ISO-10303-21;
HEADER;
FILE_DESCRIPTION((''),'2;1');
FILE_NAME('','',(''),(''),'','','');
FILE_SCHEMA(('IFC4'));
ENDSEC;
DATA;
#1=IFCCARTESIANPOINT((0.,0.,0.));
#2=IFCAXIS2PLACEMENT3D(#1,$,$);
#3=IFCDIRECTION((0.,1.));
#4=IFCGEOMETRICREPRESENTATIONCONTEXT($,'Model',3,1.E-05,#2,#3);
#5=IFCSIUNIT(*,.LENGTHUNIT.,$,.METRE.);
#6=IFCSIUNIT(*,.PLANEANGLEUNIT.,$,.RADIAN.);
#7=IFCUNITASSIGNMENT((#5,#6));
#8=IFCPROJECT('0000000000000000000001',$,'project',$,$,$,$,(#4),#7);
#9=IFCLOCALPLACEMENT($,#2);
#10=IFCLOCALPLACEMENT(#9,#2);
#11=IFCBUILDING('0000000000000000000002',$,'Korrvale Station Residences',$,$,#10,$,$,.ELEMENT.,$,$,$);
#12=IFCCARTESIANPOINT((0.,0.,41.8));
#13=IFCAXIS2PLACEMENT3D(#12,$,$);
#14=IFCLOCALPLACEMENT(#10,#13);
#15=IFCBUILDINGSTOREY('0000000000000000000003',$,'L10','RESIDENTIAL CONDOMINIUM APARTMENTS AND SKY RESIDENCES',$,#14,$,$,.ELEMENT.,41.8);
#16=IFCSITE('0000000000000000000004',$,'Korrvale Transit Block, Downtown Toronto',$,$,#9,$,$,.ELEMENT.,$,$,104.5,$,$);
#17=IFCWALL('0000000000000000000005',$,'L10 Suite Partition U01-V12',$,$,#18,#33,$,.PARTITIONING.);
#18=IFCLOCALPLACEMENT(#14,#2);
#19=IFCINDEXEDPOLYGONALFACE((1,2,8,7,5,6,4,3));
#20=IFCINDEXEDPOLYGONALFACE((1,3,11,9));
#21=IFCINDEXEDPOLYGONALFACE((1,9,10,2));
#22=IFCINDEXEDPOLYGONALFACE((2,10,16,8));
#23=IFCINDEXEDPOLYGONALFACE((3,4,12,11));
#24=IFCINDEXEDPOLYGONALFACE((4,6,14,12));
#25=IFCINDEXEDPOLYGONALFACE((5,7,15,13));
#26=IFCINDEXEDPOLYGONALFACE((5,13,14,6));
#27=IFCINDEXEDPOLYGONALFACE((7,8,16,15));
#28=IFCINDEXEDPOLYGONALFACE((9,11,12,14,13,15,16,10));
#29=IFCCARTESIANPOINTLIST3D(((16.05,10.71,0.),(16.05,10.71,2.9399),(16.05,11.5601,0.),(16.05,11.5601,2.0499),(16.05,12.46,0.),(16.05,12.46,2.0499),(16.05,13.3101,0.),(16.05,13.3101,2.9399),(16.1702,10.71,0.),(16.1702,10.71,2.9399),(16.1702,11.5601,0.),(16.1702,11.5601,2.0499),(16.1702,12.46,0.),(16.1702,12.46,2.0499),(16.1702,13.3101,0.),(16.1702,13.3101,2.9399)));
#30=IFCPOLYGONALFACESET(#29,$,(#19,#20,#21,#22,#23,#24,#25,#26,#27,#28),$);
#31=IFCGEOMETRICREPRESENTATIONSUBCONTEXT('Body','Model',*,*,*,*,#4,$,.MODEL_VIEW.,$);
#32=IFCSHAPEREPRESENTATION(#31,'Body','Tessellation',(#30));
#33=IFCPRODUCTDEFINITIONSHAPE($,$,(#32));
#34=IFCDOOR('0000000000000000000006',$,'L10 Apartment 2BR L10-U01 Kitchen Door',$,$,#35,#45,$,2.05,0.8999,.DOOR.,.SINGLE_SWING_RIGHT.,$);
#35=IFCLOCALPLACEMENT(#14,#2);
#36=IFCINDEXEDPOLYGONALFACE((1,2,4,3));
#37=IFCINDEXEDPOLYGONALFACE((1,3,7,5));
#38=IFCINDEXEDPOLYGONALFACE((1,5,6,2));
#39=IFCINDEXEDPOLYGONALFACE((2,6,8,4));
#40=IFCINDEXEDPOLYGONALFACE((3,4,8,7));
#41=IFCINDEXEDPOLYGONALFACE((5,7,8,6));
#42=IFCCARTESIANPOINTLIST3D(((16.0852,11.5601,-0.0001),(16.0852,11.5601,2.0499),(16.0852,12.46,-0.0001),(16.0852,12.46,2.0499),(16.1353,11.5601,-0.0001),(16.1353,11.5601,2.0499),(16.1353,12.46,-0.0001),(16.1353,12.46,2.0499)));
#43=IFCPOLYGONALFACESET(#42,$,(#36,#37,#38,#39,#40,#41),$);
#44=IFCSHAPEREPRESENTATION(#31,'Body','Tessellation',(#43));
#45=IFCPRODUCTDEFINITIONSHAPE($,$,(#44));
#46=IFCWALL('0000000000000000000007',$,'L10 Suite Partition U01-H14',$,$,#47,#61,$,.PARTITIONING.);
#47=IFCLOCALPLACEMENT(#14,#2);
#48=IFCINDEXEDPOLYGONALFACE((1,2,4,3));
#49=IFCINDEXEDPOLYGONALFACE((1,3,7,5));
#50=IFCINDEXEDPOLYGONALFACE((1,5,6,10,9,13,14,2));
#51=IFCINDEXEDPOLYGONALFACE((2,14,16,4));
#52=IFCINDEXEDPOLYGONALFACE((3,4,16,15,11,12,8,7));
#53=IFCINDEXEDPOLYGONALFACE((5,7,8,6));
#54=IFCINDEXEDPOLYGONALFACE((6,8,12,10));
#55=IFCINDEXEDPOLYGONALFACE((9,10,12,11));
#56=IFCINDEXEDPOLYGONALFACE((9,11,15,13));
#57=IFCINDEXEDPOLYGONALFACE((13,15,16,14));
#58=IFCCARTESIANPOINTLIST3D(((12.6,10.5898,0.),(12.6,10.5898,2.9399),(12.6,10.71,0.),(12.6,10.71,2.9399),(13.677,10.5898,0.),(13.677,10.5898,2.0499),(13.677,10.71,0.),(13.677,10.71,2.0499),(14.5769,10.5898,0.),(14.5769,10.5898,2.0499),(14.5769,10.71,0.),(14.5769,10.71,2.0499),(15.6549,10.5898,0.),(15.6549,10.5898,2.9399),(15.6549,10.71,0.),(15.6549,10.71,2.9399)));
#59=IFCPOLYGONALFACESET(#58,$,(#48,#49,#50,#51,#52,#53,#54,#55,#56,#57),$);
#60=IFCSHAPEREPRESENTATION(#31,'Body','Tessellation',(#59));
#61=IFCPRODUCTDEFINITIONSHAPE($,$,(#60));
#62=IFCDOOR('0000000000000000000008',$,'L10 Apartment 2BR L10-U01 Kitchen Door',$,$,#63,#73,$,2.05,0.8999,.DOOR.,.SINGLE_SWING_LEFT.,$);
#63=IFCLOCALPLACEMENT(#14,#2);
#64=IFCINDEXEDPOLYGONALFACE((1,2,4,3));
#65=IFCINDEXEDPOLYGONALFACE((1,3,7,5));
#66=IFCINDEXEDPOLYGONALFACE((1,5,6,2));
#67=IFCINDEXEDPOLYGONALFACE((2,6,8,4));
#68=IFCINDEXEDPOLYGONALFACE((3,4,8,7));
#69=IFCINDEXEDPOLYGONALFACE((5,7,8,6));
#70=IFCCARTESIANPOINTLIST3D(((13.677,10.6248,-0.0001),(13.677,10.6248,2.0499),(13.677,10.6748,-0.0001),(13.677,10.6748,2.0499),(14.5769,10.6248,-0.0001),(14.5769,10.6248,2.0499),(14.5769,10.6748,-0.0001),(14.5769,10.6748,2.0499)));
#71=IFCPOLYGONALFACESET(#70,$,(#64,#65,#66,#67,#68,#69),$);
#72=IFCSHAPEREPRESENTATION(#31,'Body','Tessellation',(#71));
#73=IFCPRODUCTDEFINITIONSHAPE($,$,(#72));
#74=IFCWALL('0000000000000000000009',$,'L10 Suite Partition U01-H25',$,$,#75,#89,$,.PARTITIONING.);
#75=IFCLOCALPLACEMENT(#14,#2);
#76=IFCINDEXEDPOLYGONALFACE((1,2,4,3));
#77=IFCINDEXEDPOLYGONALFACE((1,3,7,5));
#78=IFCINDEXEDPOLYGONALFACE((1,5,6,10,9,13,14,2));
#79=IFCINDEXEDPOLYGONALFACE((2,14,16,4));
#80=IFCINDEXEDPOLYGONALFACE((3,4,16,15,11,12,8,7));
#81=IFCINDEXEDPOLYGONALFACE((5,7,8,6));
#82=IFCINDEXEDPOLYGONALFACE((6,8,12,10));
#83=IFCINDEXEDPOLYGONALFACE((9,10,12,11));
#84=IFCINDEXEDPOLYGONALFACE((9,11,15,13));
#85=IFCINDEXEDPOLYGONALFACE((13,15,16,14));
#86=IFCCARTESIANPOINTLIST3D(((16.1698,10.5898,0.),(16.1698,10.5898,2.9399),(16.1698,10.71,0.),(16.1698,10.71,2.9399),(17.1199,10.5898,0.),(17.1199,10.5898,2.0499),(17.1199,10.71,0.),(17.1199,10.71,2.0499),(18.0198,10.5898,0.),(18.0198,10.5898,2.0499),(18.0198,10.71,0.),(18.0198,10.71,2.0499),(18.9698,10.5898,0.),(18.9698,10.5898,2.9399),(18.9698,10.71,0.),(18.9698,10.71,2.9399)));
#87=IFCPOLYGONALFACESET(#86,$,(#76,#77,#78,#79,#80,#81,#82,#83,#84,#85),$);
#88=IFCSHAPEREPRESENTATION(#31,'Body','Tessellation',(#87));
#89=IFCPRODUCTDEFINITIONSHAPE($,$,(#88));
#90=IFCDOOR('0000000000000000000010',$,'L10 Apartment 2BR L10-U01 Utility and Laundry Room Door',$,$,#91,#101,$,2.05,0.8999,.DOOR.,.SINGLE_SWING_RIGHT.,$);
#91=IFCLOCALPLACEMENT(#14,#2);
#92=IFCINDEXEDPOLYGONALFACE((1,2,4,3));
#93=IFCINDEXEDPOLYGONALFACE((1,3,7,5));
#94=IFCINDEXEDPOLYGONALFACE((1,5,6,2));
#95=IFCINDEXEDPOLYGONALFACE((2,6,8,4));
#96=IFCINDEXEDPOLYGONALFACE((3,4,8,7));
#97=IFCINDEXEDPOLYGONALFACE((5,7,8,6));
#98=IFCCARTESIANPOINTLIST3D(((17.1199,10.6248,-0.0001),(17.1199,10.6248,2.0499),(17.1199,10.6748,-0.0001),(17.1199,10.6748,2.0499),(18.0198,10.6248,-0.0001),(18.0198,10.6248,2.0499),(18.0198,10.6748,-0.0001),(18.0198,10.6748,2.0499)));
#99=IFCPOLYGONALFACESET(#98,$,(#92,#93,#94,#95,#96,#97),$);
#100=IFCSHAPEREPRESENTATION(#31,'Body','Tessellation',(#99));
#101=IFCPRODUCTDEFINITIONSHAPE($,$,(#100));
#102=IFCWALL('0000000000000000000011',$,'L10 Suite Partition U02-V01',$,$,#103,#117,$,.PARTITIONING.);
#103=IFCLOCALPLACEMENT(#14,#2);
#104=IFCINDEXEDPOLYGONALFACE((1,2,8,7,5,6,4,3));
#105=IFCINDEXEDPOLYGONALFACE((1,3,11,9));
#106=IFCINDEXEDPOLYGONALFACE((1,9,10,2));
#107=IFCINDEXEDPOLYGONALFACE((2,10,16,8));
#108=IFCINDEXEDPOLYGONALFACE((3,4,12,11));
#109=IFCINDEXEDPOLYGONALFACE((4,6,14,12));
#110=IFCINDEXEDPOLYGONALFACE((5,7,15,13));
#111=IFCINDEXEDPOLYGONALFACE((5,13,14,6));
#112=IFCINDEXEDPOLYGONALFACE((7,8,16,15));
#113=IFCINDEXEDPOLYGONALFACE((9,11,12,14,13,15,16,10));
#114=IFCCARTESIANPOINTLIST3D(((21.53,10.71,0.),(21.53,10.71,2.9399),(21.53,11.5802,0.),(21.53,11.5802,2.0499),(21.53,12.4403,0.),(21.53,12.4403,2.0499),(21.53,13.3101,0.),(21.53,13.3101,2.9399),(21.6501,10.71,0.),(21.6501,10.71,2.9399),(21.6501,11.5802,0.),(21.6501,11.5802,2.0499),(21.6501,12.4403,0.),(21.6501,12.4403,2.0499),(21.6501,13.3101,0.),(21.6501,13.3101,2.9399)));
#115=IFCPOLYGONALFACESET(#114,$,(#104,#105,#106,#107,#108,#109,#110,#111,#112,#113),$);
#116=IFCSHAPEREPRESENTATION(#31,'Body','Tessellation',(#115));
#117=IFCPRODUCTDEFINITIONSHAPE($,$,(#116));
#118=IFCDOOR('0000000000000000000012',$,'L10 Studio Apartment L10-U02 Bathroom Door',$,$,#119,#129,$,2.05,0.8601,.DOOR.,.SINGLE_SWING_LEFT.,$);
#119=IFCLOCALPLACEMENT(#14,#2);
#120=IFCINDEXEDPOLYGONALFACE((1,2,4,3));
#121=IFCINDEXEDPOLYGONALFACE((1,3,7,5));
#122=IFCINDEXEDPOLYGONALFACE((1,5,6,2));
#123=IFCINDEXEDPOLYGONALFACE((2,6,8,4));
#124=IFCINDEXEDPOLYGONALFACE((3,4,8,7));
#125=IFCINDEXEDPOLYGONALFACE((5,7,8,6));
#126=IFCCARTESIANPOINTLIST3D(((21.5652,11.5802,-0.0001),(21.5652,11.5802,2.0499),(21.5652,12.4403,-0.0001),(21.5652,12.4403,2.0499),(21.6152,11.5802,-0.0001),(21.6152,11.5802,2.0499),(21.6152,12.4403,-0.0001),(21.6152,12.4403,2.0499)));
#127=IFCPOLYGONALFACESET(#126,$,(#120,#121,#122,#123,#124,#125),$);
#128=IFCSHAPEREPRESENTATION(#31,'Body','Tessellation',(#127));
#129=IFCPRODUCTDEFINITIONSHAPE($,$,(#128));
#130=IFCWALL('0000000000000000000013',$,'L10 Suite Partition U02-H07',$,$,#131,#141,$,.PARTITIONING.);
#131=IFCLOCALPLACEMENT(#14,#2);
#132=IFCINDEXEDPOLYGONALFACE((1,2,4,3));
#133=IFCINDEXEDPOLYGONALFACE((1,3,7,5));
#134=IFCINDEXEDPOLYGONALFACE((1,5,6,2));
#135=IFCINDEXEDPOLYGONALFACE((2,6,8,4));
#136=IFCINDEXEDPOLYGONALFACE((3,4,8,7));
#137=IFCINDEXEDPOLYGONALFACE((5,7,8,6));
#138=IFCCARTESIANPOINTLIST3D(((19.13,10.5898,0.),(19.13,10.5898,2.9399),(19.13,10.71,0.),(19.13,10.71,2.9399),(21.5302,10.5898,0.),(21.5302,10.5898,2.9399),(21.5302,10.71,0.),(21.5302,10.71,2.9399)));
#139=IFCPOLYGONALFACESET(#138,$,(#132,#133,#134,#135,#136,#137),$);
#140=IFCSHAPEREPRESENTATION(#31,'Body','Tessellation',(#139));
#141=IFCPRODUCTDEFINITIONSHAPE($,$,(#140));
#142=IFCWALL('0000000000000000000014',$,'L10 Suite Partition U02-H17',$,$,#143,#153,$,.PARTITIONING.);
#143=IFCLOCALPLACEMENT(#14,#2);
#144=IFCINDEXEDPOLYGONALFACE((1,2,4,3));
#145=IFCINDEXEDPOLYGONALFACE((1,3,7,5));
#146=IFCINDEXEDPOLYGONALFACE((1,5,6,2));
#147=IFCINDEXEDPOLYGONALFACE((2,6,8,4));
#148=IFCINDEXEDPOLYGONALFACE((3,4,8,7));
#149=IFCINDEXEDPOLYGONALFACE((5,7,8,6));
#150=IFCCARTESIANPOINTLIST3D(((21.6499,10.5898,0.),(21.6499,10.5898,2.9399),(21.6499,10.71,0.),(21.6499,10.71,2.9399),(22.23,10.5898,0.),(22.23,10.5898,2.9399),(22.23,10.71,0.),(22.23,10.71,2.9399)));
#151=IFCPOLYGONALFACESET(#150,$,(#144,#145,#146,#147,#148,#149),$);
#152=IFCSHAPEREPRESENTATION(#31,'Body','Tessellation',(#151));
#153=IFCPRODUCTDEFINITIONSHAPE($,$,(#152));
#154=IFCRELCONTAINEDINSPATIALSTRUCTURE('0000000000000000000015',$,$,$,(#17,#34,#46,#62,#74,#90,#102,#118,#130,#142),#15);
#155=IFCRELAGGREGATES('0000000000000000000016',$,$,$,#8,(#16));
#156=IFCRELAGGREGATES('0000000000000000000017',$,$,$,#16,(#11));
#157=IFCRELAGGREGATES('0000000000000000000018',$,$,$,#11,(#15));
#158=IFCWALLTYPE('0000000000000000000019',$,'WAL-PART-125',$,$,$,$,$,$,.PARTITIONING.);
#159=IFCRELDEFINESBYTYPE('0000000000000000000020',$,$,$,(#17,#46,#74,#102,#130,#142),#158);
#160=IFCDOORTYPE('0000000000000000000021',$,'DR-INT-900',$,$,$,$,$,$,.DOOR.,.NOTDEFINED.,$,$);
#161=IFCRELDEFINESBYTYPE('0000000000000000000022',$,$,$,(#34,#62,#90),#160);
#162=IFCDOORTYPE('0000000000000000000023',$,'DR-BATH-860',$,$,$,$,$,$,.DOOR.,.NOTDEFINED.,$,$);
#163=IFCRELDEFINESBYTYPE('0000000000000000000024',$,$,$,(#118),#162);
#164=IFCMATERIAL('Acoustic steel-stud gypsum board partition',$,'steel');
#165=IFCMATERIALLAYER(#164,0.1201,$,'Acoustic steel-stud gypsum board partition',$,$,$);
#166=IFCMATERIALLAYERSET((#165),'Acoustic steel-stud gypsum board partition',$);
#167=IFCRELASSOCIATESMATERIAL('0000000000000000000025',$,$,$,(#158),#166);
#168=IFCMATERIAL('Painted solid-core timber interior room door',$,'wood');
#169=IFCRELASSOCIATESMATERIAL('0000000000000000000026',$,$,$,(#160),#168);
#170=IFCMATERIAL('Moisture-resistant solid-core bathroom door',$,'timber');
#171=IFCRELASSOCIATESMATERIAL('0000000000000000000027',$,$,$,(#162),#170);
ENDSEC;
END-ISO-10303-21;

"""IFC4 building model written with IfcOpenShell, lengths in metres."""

from ifc_helpers import new_model, si_unit, direction, frame, frame_2d, origin, place, context, subcontext, project, spatial, rectangle, extrude, material, layer, layer_set, type_object, element, fill, save


model = new_model("IFC4")

# Units and contexts
model_context = context("Model", 3, precision=1e-05, world=origin(), true_north=direction((0.0, 1.0)))
body_context = subcontext(model_context, "Body", "Model", "MODEL_VIEW")
ifc_project = project(units=[si_unit("LENGTHUNIT", "METRE"), si_unit("PLANEANGLEUNIT", "RADIAN")], contexts=[model_context])

# Site, building, storey
site_placement = place(None, origin())
site = spatial("IfcSite", under=ifc_project, at=site_placement, Name="Korrvale Transit Block, Downtown Toronto", CompositionType="ELEMENT", RefElevation=104.5)
building_placement = place(site_placement, origin())
building = spatial("IfcBuilding", under=site, at=building_placement, Name="Korrvale Station Residences", CompositionType="ELEMENT")
storey_placement = place(building_placement, frame((0.0, 0.0, 41.8)))
storey = spatial("IfcBuildingStorey", under=building, at=storey_placement, Name="L10", Description="RESIDENTIAL CONDOMINIUM APARTMENTS AND SKY RESIDENCES", CompositionType="ELEMENT", Elevation=41.8)

# Walls, openings, doors
ifc_material_1 = material(Name="Acoustic steel-stud gypsum board partition", Category="steel")
ifc_layer_1 = layer(ifc_material_1, 0.1201, Name="Acoustic steel-stud gypsum board partition")
ifc_layer_set_1 = layer_set([ifc_layer_1], Name="Acoustic steel-stud gypsum board partition")
wall_type_1 = type_object("IfcWallType", Name="WAL-PART-125", PredefinedType="PARTITIONING", material=ifc_layer_set_1)
wall_1_placement = place(storey_placement, frame((16.1101, 10.71, 0.0), z_axis=(0.0, 0.0, 1.0), x_axis=(0.0, 1.0, 0.0)))
wall_1 = element("IfcWall", 1, at=wall_1_placement, inside=storey, type_object=wall_type_1, Name="L10 Suite Partition U01-V12", PredefinedType="PARTITIONING", context=body_context, shape_type="SweptSolid", body=[
    extrude(rectangle(XDim=2.6001, YDim=0.1201, at=frame_2d((1.3, 0.0))), origin(), (0.0, 0.0, 1.0), 2.9399),
])
opening_1_placement = place(wall_1_placement, frame((0.8501, 0.0, 0.0)))
opening_1 = element("IfcOpeningElement", 2, at=opening_1_placement, cuts=wall_1, PredefinedType="OPENING", context=body_context, shape_type="SweptSolid", body=[
    extrude(rectangle(XDim=0.8999, YDim=2.05, at=frame_2d((0.45, 1.0249))), frame((0.0, 0.0701, 0.0), z_axis=(0.0, -1.0, 0.0), x_axis=(1.0, 0.0, 0.0)), (0.0, 0.0, 1.0), 0.1401),
])
ifc_material_2 = material(Name="Painted solid-core timber interior room door", Category="wood")
door_type_1 = type_object("IfcDoorType", Name="DR-INT-900", OperationType="NOTDEFINED", PredefinedType="DOOR", material=ifc_material_2)
door_1_placement = place(opening_1_placement, origin())
door_1 = element("IfcDoor", 3, at=door_1_placement, inside=storey, type_object=door_type_1, Name="L10 Apartment 2BR L10-U01 Kitchen Door", OperationType="SINGLE_SWING_RIGHT", OverallHeight=2.05, OverallWidth=0.8999, PredefinedType="DOOR", context=body_context, shape_type="SweptSolid", body=[
    extrude(rectangle(XDim=0.8999, YDim=2.05, at=frame_2d((0.45, 1.0249))), frame((0.0, 0.0249, 0.0), z_axis=(0.0, -1.0, 0.0), x_axis=(1.0, 0.0, 0.0)), (0.0, 0.0, 1.0), 0.05),
])
fill(opening_1, door_1)
wall_2_placement = place(storey_placement, frame((12.6001, 10.6499, 0.0), z_axis=(0.0, 0.0, 1.0), x_axis=(1.0, 0.0, 0.0)))
wall_2 = element("IfcWall", 4, at=wall_2_placement, inside=storey, type_object=wall_type_1, Name="L10 Suite Partition U01-H14", PredefinedType="PARTITIONING", context=body_context, shape_type="SweptSolid", body=[
    extrude(rectangle(XDim=3.0549, YDim=0.1201, at=frame_2d((1.5273, 0.0))), origin(), (0.0, 0.0, 1.0), 2.9399),
])
opening_2_placement = place(wall_2_placement, frame((1.0769, 0.0, 0.0)))
opening_2 = element("IfcOpeningElement", 5, at=opening_2_placement, cuts=wall_2, PredefinedType="OPENING", context=body_context, shape_type="SweptSolid", body=[
    extrude(rectangle(XDim=0.8999, YDim=2.05, at=frame_2d((0.45, 1.0249))), frame((0.0, 0.0701, 0.0), z_axis=(0.0, -1.0, 0.0), x_axis=(1.0, 0.0, 0.0)), (0.0, 0.0, 1.0), 0.1401),
])
door_2_placement = place(opening_2_placement, origin())
door_2 = element("IfcDoor", 6, at=door_2_placement, inside=storey, type_object=door_type_1, Name="L10 Apartment 2BR L10-U01 Kitchen Door", OperationType="SINGLE_SWING_LEFT", OverallHeight=2.05, OverallWidth=0.8999, PredefinedType="DOOR", context=body_context, shape_type="SweptSolid", body=[
    extrude(rectangle(XDim=0.8999, YDim=2.05, at=frame_2d((0.45, 1.0249))), frame((0.0, 0.0249, 0.0), z_axis=(0.0, -1.0, 0.0), x_axis=(1.0, 0.0, 0.0)), (0.0, 0.0, 1.0), 0.05),
])
fill(opening_2, door_2)
wall_3_placement = place(storey_placement, frame((16.1699, 10.6499, 0.0), z_axis=(0.0, 0.0, 1.0), x_axis=(1.0, 0.0, 0.0)))
wall_3 = element("IfcWall", 7, at=wall_3_placement, inside=storey, type_object=wall_type_1, Name="L10 Suite Partition U01-H25", PredefinedType="PARTITIONING", context=body_context, shape_type="SweptSolid", body=[
    extrude(rectangle(XDim=2.8, YDim=0.1201, at=frame_2d((1.3999, 0.0))), origin(), (0.0, 0.0, 1.0), 2.9399),
])
opening_3_placement = place(wall_3_placement, frame((0.95, 0.0, 0.0)))
opening_3 = element("IfcOpeningElement", 8, at=opening_3_placement, cuts=wall_3, PredefinedType="OPENING", context=body_context, shape_type="SweptSolid", body=[
    extrude(rectangle(XDim=0.8999, YDim=2.05, at=frame_2d((0.45, 1.0249))), frame((0.0, 0.0701, 0.0), z_axis=(0.0, -1.0, 0.0), x_axis=(1.0, 0.0, 0.0)), (0.0, 0.0, 1.0), 0.1401),
])
door_3_placement = place(opening_3_placement, origin())
door_3 = element("IfcDoor", 9, at=door_3_placement, inside=storey, type_object=door_type_1, Name="L10 Apartment 2BR L10-U01 Utility and Laundry Room Door", OperationType="SINGLE_SWING_RIGHT", OverallHeight=2.05, OverallWidth=0.8999, PredefinedType="DOOR", context=body_context, shape_type="SweptSolid", body=[
    extrude(rectangle(XDim=0.8999, YDim=2.05, at=frame_2d((0.45, 1.0249))), frame((0.0, 0.0249, 0.0), z_axis=(0.0, -1.0, 0.0), x_axis=(1.0, 0.0, 0.0)), (0.0, 0.0, 1.0), 0.05),
])
fill(opening_3, door_3)
wall_4_placement = place(storey_placement, frame((21.5901, 10.71, 0.0), z_axis=(0.0, 0.0, 1.0), x_axis=(0.0, 1.0, 0.0)))
wall_4 = element("IfcWall", 10, at=wall_4_placement, inside=storey, type_object=wall_type_1, Name="L10 Suite Partition U02-V01", PredefinedType="PARTITIONING", context=body_context, shape_type="SweptSolid", body=[
    extrude(rectangle(XDim=2.6001, YDim=0.1201, at=frame_2d((1.3, 0.0))), origin(), (0.0, 0.0, 1.0), 2.9399),
])
opening_4_placement = place(wall_4_placement, frame((0.8701, 0.0, 0.0)))
opening_4 = element("IfcOpeningElement", 11, at=opening_4_placement, cuts=wall_4, PredefinedType="OPENING", context=body_context, shape_type="SweptSolid", body=[
    extrude(rectangle(XDim=0.8601, YDim=2.05, at=frame_2d((0.4302, 1.0249))), frame((0.0, 0.0701, 0.0), z_axis=(0.0, -1.0, 0.0), x_axis=(1.0, 0.0, 0.0)), (0.0, 0.0, 1.0), 0.1401),
])
ifc_material_3 = material(Name="Moisture-resistant solid-core bathroom door", Category="timber")
door_type_2 = type_object("IfcDoorType", Name="DR-BATH-860", OperationType="NOTDEFINED", PredefinedType="DOOR", material=ifc_material_3)
door_4_placement = place(opening_4_placement, origin())
door_4 = element("IfcDoor", 12, at=door_4_placement, inside=storey, type_object=door_type_2, Name="L10 Studio Apartment L10-U02 Bathroom Door", OperationType="SINGLE_SWING_LEFT", OverallHeight=2.05, OverallWidth=0.8601, PredefinedType="DOOR", context=body_context, shape_type="SweptSolid", body=[
    extrude(rectangle(XDim=0.8601, YDim=2.05, at=frame_2d((0.4302, 1.0249))), frame((0.0, 0.0249, 0.0), z_axis=(0.0, -1.0, 0.0), x_axis=(1.0, 0.0, 0.0)), (0.0, 0.0, 1.0), 0.05),
])
fill(opening_4, door_4)

# Walls
wall_5_placement = place(storey_placement, frame((19.1299, 10.6499, 0.0), z_axis=(0.0, 0.0, 1.0), x_axis=(1.0, 0.0, 0.0)))
element("IfcWall", 13, at=wall_5_placement, inside=storey, type_object=wall_type_1, Name="L10 Suite Partition U02-H07", PredefinedType="PARTITIONING", context=body_context, shape_type="SweptSolid", body=[
    extrude(rectangle(XDim=2.4001, YDim=0.1201, at=frame_2d((1.2002, 0.0))), origin(), (0.0, 0.0, 1.0), 2.9399),
])
wall_6_placement = place(storey_placement, frame((21.6499, 10.6499, 0.0), z_axis=(0.0, 0.0, 1.0), x_axis=(1.0, 0.0, 0.0)))
element("IfcWall", 14, at=wall_6_placement, inside=storey, type_object=wall_type_1, Name="L10 Suite Partition U02-H17", PredefinedType="PARTITIONING", context=body_context, shape_type="SweptSolid", body=[
    extrude(rectangle(XDim=0.5801, YDim=0.1201, at=frame_2d((0.29, 0.0))), origin(), (0.0, 0.0, 1.0), 2.9399),
])

save(model, "model.ifc")
